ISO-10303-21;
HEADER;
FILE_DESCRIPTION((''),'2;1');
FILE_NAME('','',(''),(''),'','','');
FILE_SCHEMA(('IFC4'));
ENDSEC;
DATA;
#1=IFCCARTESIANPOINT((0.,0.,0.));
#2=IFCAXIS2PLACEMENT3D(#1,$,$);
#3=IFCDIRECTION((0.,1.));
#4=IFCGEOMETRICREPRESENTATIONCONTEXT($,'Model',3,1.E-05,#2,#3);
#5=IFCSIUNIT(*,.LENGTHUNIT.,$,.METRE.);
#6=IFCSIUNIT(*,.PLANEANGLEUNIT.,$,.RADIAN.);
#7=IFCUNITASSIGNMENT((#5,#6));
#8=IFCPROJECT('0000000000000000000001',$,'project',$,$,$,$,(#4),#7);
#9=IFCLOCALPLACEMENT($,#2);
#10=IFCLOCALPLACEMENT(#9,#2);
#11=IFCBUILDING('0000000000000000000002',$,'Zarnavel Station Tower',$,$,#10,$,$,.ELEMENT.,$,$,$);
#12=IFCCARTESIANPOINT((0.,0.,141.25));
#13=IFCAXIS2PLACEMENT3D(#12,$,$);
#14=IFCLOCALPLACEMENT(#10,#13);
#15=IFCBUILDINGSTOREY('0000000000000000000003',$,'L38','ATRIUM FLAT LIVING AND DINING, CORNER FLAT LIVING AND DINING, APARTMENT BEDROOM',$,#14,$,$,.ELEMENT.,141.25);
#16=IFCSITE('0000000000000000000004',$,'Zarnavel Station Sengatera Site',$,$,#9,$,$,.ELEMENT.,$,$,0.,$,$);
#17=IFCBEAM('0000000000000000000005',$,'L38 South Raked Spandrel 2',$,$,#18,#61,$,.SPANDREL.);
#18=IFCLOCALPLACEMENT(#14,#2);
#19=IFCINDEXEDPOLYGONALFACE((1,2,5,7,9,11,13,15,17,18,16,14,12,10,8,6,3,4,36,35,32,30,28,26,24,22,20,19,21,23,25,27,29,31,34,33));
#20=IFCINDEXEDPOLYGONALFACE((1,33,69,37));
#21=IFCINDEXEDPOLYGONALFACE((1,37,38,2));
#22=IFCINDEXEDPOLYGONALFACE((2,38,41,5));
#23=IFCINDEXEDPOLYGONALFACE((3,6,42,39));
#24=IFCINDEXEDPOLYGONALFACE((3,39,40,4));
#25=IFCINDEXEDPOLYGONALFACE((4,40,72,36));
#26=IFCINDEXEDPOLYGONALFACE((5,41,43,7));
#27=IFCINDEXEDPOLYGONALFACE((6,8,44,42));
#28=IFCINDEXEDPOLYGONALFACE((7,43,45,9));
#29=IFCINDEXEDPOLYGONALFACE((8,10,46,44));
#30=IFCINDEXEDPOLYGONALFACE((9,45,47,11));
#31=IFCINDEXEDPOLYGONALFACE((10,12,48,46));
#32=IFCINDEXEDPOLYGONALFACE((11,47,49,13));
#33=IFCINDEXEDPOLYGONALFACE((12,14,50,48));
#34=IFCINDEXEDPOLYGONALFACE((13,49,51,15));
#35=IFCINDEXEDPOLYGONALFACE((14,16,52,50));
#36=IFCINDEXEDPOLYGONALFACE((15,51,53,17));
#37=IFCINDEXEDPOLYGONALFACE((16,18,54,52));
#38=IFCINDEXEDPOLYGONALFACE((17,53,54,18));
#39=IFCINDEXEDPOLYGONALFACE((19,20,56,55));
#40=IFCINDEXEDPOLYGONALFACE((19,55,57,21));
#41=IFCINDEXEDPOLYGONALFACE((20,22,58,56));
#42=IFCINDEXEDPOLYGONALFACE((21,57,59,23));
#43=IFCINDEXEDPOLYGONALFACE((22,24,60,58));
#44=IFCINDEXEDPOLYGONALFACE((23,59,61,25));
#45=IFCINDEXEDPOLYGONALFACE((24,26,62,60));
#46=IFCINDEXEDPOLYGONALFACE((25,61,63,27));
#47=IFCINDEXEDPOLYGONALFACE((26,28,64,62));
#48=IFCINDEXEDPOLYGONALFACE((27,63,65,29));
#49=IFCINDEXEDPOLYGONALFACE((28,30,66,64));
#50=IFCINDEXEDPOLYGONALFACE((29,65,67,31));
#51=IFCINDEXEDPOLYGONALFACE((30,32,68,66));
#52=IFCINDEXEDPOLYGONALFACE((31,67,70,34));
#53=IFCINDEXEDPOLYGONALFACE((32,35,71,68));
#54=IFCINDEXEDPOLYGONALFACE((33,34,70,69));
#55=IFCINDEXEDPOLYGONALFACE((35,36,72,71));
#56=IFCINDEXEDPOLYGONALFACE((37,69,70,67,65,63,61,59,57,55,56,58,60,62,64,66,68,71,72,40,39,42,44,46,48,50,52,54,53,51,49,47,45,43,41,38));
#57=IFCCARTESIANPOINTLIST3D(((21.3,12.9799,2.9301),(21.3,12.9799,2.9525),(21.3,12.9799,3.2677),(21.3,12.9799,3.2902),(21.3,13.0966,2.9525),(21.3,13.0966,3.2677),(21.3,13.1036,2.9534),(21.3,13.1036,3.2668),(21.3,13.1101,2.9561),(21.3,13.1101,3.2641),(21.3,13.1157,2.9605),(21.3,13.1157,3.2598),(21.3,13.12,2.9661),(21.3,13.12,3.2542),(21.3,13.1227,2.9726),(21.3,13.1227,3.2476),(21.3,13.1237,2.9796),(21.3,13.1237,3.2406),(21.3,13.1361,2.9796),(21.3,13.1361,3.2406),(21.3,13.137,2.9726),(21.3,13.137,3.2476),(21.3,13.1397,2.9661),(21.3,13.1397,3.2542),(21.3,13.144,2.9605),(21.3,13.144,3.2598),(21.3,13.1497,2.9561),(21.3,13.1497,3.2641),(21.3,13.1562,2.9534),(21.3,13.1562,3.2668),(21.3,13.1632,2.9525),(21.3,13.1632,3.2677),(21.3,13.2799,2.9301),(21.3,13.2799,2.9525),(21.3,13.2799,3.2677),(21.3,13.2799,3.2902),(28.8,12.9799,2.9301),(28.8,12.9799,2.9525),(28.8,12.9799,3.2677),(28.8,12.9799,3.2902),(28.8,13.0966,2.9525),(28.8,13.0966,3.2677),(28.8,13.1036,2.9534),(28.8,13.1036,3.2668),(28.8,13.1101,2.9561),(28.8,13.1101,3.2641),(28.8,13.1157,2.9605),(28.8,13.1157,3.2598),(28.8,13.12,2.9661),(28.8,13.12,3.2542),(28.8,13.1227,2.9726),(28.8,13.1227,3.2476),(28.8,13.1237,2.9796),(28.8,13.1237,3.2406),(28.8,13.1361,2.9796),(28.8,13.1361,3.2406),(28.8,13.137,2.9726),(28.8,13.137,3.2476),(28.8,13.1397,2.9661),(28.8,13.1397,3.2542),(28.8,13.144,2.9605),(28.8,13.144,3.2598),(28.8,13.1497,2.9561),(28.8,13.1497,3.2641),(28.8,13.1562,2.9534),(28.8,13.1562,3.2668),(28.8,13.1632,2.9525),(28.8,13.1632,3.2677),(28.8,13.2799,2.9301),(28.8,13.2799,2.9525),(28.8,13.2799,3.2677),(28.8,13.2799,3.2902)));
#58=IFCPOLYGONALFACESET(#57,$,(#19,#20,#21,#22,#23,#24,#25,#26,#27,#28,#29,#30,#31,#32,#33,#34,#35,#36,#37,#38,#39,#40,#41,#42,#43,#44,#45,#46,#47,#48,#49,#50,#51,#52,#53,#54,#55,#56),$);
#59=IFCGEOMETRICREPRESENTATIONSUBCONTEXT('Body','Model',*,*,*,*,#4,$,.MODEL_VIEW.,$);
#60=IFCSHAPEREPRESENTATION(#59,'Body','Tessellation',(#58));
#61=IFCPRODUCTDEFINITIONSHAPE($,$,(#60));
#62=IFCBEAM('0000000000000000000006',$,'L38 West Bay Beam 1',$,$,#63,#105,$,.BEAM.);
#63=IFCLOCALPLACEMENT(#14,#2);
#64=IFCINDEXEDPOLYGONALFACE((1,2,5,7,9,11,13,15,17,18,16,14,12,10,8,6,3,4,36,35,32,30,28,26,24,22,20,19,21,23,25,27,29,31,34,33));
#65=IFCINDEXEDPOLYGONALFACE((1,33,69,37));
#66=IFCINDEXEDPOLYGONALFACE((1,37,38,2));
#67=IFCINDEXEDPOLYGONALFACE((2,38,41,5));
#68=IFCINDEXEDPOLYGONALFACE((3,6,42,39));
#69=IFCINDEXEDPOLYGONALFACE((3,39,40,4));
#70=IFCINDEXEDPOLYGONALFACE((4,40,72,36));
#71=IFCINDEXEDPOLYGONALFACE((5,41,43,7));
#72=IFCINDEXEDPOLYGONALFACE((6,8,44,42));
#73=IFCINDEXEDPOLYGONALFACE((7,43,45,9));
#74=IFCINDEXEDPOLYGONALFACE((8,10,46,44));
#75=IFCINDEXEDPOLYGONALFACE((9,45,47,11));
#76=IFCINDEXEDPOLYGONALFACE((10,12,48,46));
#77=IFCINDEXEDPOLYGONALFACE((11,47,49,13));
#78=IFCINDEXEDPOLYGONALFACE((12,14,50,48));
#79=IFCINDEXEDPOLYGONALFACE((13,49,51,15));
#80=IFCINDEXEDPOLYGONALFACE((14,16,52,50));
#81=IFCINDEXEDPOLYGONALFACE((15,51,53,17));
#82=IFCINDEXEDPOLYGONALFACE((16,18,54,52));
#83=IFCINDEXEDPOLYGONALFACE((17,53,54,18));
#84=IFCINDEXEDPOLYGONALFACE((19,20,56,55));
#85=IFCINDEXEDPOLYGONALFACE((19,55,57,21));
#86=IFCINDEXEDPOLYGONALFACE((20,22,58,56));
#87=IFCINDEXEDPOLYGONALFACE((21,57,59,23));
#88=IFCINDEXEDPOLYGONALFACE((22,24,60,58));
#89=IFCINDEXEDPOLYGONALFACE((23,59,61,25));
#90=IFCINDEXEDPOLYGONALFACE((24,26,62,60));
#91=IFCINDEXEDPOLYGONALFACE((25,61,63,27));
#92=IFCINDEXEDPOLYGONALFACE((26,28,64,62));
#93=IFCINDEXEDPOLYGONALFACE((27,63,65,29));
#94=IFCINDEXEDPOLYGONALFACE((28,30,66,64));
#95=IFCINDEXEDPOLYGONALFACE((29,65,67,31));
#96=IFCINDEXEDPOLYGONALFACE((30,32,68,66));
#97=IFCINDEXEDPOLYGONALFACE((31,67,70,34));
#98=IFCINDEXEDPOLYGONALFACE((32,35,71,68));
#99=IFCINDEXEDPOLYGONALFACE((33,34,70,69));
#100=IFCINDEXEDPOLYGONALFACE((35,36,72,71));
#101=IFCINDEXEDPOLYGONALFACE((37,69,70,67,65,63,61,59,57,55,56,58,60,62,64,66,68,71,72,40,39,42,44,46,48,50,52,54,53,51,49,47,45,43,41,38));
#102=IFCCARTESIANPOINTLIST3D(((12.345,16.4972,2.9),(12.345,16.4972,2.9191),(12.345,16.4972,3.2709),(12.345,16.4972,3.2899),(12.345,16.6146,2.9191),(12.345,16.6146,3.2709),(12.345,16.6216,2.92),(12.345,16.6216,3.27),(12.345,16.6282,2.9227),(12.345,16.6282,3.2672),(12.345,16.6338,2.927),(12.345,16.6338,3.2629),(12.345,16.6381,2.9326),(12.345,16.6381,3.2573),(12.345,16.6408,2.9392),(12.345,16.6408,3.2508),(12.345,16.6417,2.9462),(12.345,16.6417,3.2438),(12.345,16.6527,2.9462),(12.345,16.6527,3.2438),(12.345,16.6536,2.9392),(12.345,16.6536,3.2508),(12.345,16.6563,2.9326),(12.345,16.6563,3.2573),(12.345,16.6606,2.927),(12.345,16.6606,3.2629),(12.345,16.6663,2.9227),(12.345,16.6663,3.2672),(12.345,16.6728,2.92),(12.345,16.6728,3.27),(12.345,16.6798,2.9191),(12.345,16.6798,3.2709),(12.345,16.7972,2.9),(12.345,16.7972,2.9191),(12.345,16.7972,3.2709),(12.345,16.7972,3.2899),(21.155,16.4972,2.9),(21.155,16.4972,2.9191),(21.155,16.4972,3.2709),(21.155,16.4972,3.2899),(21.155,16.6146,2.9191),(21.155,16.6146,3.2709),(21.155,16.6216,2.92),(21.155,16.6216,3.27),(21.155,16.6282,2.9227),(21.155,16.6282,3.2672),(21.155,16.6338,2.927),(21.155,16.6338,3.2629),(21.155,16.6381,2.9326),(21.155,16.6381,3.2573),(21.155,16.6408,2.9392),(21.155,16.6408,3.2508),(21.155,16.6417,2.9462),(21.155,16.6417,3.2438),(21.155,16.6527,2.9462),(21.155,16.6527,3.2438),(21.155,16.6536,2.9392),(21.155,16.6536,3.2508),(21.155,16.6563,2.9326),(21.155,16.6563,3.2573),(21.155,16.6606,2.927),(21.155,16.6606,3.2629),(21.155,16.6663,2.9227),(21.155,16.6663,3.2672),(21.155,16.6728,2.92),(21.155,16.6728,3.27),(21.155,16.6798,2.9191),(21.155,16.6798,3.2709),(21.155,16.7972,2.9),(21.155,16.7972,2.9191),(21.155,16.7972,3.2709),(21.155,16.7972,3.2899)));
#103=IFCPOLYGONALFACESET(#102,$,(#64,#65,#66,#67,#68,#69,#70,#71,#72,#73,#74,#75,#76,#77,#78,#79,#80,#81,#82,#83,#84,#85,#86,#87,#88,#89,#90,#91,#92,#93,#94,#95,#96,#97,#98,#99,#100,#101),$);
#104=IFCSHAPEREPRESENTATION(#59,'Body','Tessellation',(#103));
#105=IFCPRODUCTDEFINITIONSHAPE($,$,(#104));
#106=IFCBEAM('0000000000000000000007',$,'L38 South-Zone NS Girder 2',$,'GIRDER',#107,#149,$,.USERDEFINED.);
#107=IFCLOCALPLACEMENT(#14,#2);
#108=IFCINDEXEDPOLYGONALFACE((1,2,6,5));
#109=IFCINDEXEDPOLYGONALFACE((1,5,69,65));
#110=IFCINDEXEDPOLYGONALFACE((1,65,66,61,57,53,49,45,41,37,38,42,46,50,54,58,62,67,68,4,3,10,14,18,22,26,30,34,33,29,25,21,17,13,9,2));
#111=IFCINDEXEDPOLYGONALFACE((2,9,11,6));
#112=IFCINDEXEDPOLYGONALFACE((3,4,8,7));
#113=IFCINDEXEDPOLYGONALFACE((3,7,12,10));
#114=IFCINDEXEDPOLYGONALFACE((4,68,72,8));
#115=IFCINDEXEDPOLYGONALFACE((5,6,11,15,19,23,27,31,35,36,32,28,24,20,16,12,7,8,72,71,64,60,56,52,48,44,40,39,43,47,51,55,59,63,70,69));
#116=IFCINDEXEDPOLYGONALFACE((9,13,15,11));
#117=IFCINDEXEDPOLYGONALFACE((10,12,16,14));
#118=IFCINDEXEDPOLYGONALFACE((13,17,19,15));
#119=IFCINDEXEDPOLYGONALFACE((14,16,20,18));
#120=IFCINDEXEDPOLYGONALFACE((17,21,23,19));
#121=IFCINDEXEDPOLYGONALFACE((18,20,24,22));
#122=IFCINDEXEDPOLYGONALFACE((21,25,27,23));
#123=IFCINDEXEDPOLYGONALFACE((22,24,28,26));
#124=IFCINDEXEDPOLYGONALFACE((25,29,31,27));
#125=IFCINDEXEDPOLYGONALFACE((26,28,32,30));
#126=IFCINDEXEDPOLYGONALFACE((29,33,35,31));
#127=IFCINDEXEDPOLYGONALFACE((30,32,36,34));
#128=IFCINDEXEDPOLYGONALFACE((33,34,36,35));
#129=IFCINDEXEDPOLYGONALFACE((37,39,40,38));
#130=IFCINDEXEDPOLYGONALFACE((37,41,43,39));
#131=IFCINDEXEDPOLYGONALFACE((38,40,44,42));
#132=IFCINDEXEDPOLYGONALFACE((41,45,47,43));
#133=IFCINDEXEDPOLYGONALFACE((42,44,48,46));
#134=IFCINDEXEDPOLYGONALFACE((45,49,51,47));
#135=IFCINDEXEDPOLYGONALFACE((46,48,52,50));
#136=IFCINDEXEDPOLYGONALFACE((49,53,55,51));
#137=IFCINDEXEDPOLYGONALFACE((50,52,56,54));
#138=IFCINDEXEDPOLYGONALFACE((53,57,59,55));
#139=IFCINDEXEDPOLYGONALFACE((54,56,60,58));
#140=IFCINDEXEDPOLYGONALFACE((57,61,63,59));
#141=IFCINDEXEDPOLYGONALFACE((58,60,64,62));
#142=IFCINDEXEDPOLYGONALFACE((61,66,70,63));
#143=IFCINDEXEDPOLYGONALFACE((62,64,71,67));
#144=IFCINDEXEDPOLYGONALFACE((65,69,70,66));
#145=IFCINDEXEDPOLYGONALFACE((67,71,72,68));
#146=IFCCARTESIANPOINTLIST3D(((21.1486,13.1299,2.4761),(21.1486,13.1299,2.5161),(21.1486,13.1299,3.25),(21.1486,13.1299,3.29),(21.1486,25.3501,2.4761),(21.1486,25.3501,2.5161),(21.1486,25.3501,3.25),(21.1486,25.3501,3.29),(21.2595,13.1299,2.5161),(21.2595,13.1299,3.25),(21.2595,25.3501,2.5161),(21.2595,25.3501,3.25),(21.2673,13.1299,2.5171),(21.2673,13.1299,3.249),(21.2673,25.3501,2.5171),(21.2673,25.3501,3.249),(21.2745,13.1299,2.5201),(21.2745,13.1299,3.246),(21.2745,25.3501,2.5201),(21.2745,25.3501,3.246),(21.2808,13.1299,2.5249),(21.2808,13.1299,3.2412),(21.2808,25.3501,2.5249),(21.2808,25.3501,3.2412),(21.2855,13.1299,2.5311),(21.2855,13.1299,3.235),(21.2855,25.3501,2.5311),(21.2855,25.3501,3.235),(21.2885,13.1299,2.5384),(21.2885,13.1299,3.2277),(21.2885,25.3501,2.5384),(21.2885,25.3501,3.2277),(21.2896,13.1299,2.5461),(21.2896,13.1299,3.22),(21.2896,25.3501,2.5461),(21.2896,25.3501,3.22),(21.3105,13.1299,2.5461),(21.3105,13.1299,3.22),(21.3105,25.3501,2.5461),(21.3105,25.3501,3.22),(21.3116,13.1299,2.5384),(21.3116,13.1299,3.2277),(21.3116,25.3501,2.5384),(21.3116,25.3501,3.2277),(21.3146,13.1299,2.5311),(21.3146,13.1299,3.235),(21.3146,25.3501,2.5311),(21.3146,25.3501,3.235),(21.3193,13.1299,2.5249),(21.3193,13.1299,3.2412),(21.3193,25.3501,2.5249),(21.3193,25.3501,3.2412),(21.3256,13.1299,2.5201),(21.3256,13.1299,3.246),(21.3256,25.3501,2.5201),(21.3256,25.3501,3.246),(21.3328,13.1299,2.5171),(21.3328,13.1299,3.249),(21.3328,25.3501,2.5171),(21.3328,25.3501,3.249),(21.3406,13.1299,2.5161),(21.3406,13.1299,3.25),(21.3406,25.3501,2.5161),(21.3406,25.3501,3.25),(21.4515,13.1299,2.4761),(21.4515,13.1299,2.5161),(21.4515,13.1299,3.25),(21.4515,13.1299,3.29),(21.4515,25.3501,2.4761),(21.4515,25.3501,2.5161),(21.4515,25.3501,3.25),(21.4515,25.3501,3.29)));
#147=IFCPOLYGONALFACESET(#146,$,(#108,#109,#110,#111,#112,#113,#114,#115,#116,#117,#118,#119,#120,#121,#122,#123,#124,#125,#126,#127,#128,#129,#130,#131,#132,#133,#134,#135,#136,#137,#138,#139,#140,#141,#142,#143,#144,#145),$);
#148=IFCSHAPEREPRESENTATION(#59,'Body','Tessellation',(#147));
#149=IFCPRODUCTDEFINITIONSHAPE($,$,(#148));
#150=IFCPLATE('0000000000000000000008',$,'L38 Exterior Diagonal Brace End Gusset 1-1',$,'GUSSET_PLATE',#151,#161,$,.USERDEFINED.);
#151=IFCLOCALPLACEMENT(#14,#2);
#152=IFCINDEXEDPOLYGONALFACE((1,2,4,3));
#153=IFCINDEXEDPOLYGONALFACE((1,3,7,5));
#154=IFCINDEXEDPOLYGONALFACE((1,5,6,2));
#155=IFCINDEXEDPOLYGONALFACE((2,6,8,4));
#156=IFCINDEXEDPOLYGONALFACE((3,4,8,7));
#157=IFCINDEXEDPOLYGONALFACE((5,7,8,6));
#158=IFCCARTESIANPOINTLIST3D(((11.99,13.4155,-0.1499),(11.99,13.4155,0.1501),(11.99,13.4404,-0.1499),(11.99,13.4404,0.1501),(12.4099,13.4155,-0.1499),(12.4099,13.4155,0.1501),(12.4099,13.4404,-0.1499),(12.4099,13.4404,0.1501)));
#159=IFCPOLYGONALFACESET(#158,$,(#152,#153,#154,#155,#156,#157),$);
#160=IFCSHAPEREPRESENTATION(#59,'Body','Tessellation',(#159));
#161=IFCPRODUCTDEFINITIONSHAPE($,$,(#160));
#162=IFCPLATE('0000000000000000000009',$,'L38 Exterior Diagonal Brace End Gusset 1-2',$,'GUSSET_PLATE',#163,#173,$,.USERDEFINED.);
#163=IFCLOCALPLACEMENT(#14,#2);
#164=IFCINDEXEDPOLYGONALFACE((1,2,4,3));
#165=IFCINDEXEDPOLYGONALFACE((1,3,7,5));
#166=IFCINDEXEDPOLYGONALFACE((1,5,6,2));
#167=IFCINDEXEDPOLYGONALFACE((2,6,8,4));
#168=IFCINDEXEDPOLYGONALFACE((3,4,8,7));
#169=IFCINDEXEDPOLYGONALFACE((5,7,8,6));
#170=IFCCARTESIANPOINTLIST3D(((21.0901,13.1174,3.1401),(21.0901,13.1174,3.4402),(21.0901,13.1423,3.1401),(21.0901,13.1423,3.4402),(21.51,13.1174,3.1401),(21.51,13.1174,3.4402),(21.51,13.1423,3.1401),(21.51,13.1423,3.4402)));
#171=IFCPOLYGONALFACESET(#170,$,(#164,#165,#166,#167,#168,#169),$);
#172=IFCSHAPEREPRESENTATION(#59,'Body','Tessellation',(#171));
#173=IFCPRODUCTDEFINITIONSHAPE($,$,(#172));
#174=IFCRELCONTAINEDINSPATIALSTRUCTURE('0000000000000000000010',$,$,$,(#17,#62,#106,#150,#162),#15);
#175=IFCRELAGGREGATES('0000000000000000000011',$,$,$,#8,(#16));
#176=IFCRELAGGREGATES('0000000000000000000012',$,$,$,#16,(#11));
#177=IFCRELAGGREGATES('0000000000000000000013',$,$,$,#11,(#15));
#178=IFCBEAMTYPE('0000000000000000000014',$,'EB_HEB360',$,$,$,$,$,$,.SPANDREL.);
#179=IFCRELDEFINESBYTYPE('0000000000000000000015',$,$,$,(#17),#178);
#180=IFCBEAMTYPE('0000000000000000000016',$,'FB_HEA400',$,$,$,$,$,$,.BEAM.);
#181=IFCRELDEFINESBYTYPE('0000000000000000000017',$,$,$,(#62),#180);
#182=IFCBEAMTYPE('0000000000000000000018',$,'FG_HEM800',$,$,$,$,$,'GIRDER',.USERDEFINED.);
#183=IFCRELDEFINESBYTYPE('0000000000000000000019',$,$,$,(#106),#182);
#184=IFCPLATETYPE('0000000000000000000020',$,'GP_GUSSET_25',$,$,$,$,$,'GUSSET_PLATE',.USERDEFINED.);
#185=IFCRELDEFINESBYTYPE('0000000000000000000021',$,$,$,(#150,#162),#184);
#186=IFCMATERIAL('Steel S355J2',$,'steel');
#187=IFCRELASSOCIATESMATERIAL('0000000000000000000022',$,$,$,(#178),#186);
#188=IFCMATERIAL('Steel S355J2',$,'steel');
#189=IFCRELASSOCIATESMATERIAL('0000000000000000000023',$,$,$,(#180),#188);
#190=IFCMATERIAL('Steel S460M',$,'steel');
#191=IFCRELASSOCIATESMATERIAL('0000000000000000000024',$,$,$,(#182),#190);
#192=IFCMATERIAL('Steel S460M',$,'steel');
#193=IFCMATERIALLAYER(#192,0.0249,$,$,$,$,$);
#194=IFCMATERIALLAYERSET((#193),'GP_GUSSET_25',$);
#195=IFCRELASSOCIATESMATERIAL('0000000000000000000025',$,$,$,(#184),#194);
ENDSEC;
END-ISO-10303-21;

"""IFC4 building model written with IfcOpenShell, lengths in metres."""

from ifc_helpers import new_model, si_unit, direction, frame, origin, origin_2d, place, context, subcontext, project, spatial, rectangle, i_section, extrude, material, layer, layer_set, material_profile, profile_set, type_object, element, save


model = new_model("IFC4")

# Units and contexts
model_context = context("Model", 3, precision=1e-05, world=origin(), true_north=direction((0.0, 1.0)))
body_context = subcontext(model_context, "Body", "Model", "MODEL_VIEW")
ifc_project = project(units=[si_unit("LENGTHUNIT", "METRE"), si_unit("PLANEANGLEUNIT", "RADIAN")], contexts=[model_context])

# Site, building, storey
site_placement = place(None, origin())
site = spatial("IfcSite", under=ifc_project, at=site_placement, Name="Zarnavel Station Sengatera Site", CompositionType="ELEMENT", RefElevation=0.0)
building_placement = place(site_placement, origin())
building = spatial("IfcBuilding", under=site, at=building_placement, Name="Zarnavel Station Tower", CompositionType="ELEMENT")
storey_placement = place(building_placement, frame((0.0, 0.0, 141.25)))
storey = spatial("IfcBuildingStorey", under=building, at=storey_placement, Name="L38", Description="ATRIUM FLAT LIVING AND DINING, CORNER FLAT LIVING AND DINING, APARTMENT BEDROOM", CompositionType="ELEMENT", Elevation=141.25)

# Beams
ifc_material_1 = material(Name="Steel S355J2", Category="steel")
ifc_material_profile_1 = material_profile(ifc_material_1, i_section(OverallWidth=0.3, OverallDepth=0.3601, WebThickness=0.0125, FlangeThickness=0.0225, FilletRadius=0.0271, at=origin_2d()), Name="HEB360")
ifc_profile_set_1 = profile_set([ifc_material_profile_1], Name="Steel S355J2")
beam_type_1 = type_object("IfcBeamType", Name="EB_HEB360", PredefinedType="SPANDREL", material=ifc_profile_set_1)
beam_1_placement = place(storey_placement, frame((21.3, 13.1299, 3.1101), z_axis=(1.0, 0.0, 0.0), x_axis=(0.0, 1.0, 0.0)))
element("IfcBeam", 1, at=beam_1_placement, inside=storey, type_object=beam_type_1, Name="L38 South Raked Spandrel 2", PredefinedType="SPANDREL", context=body_context, shape_type="SweptSolid", body=[
    extrude(i_section(OverallWidth=0.3, OverallDepth=0.3601, WebThickness=0.0125, FlangeThickness=0.0225, FilletRadius=0.0271, at=origin_2d()), origin(), (0.0, 0.0, 1.0), 7.5),
])
ifc_material_2 = material(Name="Steel S355J2", Category="steel")
ifc_material_profile_2 = material_profile(ifc_material_2, i_section(OverallWidth=0.3, OverallDepth=0.3899, WebThickness=0.011, FlangeThickness=0.019, FilletRadius=0.0271, at=origin_2d()), Name="HEA400")
ifc_profile_set_2 = profile_set([ifc_material_profile_2], Name="Steel S355J2")
beam_type_2 = type_object("IfcBeamType", Name="FB_HEA400", PredefinedType="BEAM", material=ifc_profile_set_2)
beam_2_placement = place(storey_placement, frame((12.345, 16.6472, 3.095), z_axis=(1.0, 0.0, 0.0), x_axis=(0.0, 1.0, 0.0)))
element("IfcBeam", 2, at=beam_2_placement, inside=storey, type_object=beam_type_2, Name="L38 West Bay Beam 1", PredefinedType="BEAM", context=body_context, shape_type="SweptSolid", body=[
    extrude(i_section(OverallWidth=0.3, OverallDepth=0.3899, WebThickness=0.011, FlangeThickness=0.019, FilletRadius=0.0271, at=origin_2d()), origin(), (0.0, 0.0, 1.0), 8.8101),
])
ifc_material_3 = material(Name="Steel S460M", Category="steel")
ifc_material_profile_3 = material_profile(ifc_material_3, i_section(OverallWidth=0.303, OverallDepth=0.814, WebThickness=0.021, FlangeThickness=0.04, FilletRadius=0.03, at=origin_2d()), Name="HEM800")
ifc_profile_set_3 = profile_set([ifc_material_profile_3], Name="Steel S460M")
beam_type_3 = type_object("IfcBeamType", Name="FG_HEM800", ElementType="GIRDER", PredefinedType="USERDEFINED", material=ifc_profile_set_3)
beam_3_placement = place(storey_placement, frame((21.3, 13.1299, 2.8831), z_axis=(0.0, 1.0, 0.0), x_axis=(-1.0, 0.0, 0.0)))
element("IfcBeam", 3, at=beam_3_placement, inside=storey, type_object=beam_type_3, Name="L38 South-Zone NS Girder 2", ObjectType="GIRDER", PredefinedType="USERDEFINED", context=body_context, shape_type="SweptSolid", body=[
    extrude(i_section(OverallWidth=0.303, OverallDepth=0.814, WebThickness=0.021, FlangeThickness=0.04, FilletRadius=0.03, at=origin_2d()), origin(), (0.0, 0.0, 1.0), 12.2202),
])

# Plates
ifc_material_4 = material(Name="Steel S460M", Category="steel")
ifc_layer_1 = layer(ifc_material_4, 0.0249)
ifc_layer_set_1 = layer_set([ifc_layer_1], Name="GP_GUSSET_25")
plate_type = type_object("IfcPlateType", Name="GP_GUSSET_25", ElementType="GUSSET_PLATE", PredefinedType="USERDEFINED", material=ifc_layer_set_1)
for number, where, z_axis, x_axis, name in (
    (4, (12.2, 13.428, -0.1499), (0.0, 0.0, 1.0), (1.0, 0.0, 0.0), "L38 Exterior Diagonal Brace End Gusset 1-1"),
    (5, (21.3, 13.1299, 3.1401), (0.0, 0.0, 1.0), (1.0, 0.0, 0.0), "L38 Exterior Diagonal Brace End Gusset 1-2"),
):
    element("IfcPlate", number, at=place(storey_placement, frame(where, z_axis=z_axis, x_axis=x_axis)), inside=storey, type_object=plate_type, Name=name, ObjectType="GUSSET_PLATE", PredefinedType="USERDEFINED", context=body_context, shape_type="SweptSolid", body=[
        extrude(rectangle(XDim=0.4199, YDim=0.0249, at=origin_2d()), origin(), (0.0, 0.0, 1.0), 0.3),
    ])

save(model, "model.ifc")
